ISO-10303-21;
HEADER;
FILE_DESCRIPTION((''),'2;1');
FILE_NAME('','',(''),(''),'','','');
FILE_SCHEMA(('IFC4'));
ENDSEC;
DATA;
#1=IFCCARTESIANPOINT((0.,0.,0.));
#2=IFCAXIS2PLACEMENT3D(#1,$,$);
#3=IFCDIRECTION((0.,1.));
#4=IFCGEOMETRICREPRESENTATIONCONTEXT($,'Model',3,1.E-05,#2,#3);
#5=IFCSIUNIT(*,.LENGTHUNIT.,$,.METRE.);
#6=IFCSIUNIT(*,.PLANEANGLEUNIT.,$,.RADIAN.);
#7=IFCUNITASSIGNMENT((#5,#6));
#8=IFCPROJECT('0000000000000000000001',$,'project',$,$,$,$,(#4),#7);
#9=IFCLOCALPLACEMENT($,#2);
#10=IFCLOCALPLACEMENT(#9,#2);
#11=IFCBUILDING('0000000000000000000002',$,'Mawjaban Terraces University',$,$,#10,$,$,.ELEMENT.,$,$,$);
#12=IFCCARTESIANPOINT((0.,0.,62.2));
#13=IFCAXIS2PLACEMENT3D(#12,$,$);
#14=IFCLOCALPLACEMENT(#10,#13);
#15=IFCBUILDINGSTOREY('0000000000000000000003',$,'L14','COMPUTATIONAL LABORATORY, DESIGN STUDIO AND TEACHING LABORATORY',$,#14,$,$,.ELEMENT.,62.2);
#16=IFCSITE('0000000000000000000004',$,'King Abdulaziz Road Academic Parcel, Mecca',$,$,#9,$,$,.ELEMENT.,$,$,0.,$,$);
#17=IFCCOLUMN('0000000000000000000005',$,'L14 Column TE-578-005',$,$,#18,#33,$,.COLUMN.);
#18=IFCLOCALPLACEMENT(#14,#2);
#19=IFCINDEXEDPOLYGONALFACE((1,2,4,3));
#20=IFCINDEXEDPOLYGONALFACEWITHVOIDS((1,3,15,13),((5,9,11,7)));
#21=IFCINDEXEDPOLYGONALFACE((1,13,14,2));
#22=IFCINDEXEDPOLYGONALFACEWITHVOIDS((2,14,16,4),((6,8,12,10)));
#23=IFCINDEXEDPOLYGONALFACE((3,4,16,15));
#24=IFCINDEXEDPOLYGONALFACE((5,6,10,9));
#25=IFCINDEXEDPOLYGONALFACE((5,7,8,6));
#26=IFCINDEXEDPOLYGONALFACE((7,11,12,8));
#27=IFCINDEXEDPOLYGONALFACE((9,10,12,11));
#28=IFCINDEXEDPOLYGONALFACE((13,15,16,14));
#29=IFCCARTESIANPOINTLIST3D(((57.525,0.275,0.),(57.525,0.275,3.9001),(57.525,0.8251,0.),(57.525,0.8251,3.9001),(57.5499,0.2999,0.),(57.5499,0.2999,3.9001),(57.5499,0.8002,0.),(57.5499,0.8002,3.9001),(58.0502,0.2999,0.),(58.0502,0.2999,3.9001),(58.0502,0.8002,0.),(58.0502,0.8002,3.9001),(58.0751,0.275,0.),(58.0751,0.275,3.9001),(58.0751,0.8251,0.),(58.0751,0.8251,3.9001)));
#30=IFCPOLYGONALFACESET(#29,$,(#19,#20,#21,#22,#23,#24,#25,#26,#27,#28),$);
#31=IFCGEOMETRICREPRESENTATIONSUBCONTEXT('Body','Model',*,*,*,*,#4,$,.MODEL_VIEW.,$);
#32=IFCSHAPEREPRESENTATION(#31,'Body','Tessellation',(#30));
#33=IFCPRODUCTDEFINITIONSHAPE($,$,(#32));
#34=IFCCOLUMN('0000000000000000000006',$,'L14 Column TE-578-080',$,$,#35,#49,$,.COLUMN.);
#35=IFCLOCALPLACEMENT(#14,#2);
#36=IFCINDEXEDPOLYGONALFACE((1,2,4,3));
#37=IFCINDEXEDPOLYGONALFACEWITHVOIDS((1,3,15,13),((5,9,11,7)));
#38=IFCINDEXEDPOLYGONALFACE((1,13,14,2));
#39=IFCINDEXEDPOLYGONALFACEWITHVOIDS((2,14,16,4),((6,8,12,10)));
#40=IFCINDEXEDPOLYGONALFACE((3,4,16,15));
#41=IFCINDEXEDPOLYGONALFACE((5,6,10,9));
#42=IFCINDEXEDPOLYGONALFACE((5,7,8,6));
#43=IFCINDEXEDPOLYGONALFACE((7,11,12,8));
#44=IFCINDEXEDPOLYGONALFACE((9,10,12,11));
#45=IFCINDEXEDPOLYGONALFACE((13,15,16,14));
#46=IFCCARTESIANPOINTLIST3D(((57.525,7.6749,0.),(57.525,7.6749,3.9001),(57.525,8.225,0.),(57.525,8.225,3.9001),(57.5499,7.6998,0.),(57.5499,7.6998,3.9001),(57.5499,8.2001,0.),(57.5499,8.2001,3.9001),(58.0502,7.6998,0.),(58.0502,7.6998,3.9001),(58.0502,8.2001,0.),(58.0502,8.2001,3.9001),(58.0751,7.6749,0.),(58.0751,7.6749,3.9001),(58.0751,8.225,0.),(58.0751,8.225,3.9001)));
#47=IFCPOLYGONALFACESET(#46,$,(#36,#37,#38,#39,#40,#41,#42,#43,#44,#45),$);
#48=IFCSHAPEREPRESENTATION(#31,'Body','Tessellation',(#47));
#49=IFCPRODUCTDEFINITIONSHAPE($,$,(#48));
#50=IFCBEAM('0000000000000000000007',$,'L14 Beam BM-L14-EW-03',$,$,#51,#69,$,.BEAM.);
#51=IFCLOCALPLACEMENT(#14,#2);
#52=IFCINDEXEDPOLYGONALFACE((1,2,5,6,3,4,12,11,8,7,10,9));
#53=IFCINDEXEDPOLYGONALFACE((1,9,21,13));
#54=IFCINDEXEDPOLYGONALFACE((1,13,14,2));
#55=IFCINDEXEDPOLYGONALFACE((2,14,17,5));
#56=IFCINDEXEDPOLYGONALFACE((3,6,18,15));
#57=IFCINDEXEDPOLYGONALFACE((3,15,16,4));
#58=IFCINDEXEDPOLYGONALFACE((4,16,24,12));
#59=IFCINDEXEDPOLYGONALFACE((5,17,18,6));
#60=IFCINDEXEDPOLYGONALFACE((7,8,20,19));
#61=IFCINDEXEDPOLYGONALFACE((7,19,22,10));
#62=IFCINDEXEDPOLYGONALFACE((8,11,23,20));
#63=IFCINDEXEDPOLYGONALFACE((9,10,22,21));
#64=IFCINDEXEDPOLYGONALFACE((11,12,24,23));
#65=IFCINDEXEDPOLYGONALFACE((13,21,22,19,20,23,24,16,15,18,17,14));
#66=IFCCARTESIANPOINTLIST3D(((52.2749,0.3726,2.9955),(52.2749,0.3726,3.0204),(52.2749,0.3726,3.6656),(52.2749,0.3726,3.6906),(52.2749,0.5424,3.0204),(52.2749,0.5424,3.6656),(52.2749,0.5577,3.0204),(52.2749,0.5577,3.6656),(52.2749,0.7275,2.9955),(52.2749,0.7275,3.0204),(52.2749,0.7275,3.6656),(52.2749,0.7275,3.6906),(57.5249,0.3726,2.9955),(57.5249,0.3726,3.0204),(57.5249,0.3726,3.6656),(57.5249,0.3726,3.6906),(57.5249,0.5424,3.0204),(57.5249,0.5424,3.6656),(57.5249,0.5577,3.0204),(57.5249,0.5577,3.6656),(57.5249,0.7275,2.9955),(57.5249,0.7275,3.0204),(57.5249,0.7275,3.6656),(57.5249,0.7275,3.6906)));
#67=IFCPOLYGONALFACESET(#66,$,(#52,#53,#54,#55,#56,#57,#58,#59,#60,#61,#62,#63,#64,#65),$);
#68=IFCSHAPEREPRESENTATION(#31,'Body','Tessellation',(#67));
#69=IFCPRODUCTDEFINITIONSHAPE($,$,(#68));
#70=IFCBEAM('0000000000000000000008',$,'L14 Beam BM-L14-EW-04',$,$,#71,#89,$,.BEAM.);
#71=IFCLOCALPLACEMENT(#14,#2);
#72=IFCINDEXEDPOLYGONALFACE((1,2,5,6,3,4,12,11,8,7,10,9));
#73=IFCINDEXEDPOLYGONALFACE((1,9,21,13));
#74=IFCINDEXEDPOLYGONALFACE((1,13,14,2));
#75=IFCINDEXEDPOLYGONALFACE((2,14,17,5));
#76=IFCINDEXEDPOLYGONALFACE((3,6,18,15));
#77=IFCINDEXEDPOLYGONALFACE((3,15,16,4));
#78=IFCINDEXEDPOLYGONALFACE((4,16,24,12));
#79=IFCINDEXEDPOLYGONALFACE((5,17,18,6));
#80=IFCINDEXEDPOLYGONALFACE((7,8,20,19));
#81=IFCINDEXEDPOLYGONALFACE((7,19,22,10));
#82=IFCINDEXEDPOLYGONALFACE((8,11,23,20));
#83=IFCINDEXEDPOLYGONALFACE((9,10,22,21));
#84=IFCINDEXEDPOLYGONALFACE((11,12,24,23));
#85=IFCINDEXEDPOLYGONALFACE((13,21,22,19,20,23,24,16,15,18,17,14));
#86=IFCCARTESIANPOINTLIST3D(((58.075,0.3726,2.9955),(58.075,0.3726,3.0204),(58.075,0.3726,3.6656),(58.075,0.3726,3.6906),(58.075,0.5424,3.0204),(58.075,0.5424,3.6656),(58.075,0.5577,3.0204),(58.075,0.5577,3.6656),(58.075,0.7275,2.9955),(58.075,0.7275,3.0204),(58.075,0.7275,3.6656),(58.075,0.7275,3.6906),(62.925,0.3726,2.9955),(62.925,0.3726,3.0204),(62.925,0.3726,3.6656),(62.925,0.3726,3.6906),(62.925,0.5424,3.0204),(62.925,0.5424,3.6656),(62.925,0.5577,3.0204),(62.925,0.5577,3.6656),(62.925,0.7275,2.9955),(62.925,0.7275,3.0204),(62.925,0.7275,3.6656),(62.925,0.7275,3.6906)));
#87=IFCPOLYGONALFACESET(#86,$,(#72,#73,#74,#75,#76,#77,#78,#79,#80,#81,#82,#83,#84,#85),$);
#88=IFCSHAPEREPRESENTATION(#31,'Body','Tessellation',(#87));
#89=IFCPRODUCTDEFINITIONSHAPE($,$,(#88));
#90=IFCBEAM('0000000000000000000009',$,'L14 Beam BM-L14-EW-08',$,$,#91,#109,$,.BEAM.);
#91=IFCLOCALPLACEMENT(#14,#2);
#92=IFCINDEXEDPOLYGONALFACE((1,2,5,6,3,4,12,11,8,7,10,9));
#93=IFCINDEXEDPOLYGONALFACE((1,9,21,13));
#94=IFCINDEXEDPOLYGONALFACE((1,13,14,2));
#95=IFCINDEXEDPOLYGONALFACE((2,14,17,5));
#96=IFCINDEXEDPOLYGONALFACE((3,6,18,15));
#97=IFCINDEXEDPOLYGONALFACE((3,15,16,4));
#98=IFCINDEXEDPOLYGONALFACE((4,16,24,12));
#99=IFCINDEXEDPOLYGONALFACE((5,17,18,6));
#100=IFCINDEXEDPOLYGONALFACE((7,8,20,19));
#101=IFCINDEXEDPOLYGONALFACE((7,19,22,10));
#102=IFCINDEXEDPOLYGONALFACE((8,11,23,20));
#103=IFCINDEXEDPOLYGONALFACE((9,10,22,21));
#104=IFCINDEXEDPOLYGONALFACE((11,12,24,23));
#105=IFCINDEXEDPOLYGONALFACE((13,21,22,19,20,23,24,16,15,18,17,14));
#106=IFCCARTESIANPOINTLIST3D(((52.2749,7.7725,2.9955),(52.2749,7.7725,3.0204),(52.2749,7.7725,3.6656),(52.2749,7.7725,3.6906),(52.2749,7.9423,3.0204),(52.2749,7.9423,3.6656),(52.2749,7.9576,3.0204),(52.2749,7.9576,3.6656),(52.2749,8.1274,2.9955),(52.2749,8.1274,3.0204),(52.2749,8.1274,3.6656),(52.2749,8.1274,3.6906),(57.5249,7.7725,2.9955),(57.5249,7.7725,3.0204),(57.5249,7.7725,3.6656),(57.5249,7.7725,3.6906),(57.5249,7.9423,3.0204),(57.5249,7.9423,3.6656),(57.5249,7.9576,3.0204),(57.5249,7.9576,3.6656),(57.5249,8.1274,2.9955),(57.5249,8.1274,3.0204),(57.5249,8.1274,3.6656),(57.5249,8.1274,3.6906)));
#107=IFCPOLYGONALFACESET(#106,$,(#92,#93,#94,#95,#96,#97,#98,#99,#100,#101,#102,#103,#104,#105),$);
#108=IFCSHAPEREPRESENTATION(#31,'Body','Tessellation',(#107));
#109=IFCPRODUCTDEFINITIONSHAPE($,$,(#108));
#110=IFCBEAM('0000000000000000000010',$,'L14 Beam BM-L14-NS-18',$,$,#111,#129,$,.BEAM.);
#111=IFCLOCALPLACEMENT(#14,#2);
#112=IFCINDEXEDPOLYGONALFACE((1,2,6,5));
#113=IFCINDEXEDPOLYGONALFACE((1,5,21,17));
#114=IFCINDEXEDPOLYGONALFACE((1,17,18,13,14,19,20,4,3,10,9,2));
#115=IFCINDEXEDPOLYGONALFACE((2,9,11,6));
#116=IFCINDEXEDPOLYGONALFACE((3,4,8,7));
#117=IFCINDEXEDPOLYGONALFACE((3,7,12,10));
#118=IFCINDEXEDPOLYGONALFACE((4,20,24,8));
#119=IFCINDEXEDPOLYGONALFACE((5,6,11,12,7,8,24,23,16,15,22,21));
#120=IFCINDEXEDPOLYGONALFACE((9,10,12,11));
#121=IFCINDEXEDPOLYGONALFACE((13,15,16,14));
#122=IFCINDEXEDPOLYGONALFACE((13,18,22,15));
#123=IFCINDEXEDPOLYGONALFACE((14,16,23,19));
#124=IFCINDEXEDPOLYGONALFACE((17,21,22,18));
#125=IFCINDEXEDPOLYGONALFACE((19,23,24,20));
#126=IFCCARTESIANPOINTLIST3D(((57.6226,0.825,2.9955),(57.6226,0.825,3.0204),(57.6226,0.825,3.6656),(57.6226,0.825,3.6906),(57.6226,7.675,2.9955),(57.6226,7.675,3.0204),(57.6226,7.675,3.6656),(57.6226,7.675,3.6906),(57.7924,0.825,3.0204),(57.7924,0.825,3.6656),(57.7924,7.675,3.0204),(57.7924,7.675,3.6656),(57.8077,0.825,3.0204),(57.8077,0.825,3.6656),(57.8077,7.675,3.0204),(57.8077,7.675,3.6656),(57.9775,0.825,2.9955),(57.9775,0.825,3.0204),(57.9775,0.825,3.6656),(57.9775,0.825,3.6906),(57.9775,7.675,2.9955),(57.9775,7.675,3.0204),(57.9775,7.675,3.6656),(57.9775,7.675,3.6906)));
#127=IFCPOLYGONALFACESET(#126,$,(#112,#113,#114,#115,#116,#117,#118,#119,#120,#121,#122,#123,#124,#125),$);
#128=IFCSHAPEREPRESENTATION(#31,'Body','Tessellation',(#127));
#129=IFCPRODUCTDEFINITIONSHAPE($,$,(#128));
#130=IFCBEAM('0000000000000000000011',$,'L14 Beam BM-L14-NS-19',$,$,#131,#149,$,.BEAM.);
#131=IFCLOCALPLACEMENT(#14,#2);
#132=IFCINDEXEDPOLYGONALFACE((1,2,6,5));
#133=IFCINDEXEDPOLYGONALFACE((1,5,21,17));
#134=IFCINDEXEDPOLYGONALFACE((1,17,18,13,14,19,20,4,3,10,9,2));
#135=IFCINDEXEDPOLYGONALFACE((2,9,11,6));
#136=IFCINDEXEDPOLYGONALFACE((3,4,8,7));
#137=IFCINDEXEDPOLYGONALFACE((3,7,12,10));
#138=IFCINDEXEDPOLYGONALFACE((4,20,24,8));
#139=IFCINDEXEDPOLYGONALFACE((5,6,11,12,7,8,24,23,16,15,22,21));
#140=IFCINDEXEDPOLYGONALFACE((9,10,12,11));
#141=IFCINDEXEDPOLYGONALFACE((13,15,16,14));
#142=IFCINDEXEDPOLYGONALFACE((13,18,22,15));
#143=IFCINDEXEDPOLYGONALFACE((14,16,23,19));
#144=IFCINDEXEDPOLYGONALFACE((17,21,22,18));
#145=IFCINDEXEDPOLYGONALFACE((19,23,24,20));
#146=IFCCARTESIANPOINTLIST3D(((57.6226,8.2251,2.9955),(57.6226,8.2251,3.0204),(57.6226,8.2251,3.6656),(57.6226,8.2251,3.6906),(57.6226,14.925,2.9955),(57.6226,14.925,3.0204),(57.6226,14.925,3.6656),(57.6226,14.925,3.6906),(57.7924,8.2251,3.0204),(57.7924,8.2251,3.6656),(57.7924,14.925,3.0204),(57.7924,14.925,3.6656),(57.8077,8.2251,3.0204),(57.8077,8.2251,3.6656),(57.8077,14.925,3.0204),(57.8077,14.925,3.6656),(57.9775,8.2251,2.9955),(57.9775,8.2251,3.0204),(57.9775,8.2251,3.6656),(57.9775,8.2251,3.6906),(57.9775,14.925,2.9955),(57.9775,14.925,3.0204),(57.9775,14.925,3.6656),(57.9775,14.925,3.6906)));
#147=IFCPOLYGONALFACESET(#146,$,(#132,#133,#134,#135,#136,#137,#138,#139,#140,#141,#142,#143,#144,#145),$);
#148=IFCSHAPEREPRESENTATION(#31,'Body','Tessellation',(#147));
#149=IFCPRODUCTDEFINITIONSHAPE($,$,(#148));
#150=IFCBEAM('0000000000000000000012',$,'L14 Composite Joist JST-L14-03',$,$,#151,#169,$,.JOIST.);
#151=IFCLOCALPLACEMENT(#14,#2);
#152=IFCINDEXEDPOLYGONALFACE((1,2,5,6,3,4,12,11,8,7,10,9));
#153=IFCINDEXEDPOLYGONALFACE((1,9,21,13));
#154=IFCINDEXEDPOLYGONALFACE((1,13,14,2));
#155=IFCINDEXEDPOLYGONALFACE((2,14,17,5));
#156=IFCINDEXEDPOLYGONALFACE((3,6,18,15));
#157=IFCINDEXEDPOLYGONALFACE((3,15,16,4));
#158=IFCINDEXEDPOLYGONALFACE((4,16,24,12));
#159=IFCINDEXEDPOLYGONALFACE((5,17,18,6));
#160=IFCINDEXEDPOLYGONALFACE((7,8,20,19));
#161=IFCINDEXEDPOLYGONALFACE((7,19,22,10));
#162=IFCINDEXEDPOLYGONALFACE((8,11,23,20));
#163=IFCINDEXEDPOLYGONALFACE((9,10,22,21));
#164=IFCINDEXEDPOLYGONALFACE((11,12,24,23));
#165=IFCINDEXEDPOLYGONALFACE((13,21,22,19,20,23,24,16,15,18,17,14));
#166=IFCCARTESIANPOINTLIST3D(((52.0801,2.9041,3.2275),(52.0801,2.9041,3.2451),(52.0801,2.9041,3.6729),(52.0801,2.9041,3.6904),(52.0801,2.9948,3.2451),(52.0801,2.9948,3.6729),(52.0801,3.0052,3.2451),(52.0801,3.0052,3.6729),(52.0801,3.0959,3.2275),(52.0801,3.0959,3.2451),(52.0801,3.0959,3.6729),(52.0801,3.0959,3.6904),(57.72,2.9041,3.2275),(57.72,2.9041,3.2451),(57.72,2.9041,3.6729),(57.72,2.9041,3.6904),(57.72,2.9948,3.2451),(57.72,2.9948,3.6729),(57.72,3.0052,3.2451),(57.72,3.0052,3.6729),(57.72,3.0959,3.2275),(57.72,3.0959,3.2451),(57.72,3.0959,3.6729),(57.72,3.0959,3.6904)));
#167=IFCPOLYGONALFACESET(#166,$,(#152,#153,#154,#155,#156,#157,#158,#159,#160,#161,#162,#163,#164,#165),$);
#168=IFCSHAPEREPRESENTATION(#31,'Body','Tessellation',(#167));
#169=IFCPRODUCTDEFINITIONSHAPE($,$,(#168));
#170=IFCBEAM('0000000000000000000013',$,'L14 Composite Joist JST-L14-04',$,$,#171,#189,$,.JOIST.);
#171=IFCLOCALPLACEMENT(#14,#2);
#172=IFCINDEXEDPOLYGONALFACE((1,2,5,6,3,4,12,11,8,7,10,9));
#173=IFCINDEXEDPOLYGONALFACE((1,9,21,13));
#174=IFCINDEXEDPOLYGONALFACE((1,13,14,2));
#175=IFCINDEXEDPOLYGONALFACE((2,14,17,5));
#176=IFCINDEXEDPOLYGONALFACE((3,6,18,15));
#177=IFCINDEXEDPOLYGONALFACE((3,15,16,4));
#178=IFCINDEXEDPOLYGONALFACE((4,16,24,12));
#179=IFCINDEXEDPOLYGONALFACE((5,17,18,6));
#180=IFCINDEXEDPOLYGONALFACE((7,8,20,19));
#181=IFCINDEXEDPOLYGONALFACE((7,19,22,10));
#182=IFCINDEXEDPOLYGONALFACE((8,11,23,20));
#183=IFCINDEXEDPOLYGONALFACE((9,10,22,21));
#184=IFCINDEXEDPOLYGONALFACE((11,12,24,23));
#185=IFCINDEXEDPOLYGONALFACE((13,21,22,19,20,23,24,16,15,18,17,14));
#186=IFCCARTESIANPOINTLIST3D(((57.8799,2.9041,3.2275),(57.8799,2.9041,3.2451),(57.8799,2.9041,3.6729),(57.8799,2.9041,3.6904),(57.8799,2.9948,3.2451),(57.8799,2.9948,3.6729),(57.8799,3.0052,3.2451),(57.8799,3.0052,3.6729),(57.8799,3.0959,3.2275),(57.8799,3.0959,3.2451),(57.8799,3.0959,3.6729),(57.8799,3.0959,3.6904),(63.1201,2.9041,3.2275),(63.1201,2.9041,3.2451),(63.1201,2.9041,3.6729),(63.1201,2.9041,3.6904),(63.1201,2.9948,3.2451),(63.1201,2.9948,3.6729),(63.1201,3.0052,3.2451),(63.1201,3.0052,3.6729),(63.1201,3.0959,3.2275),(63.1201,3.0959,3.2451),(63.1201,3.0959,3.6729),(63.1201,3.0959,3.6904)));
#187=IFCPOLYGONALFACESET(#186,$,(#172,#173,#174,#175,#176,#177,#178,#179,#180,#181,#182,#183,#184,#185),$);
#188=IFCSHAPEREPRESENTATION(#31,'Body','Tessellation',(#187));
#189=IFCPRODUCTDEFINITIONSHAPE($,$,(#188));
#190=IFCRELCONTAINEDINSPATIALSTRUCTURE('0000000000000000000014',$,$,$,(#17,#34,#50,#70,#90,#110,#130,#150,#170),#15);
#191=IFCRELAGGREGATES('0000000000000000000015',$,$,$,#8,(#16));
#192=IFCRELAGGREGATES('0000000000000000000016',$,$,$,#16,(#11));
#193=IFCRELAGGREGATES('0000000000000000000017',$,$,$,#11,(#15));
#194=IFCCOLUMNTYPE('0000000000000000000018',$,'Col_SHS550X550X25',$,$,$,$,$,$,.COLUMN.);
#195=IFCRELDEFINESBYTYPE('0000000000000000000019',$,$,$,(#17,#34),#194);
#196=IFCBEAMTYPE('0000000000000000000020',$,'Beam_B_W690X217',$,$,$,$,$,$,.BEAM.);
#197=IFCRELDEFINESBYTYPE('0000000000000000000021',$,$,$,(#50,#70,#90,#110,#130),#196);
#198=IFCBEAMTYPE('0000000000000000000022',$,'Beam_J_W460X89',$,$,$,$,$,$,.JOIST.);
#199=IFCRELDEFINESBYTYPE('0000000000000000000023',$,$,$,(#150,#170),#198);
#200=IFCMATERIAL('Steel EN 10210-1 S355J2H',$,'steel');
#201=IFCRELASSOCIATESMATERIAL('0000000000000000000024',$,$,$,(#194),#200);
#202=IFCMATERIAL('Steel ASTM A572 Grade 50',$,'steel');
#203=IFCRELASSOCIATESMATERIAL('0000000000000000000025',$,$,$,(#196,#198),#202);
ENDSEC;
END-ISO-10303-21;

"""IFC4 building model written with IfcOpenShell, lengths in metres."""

from ifc_helpers import new_model, si_unit, direction, frame, origin, origin_2d, place, context, subcontext, project, spatial, hollow_rectangle, i_section, extrude, material, material_profile, profile_set, type_object, element, save


model = new_model("IFC4")

# Units and contexts
model_context = context("Model", 3, precision=1e-05, world=origin(), true_north=direction((0.0, 1.0)))
body_context = subcontext(model_context, "Body", "Model", "MODEL_VIEW")
ifc_project = project(units=[si_unit("LENGTHUNIT", "METRE"), si_unit("PLANEANGLEUNIT", "RADIAN")], contexts=[model_context])

# Site, building, storey
site_placement = place(None, origin())
site = spatial("IfcSite", under=ifc_project, at=site_placement, Name="King Abdulaziz Road Academic Parcel, Mecca", CompositionType="ELEMENT", RefElevation=0.0)
building_placement = place(site_placement, origin())
building = spatial("IfcBuilding", under=site, at=building_placement, Name="Mawjaban Terraces University", CompositionType="ELEMENT")
storey_placement = place(building_placement, frame((0.0, 0.0, 62.2)))
storey = spatial("IfcBuildingStorey", under=building, at=storey_placement, Name="L14", Description="COMPUTATIONAL LABORATORY, DESIGN STUDIO AND TEACHING LABORATORY", CompositionType="ELEMENT", Elevation=62.2)

# Columns
ifc_material_1 = material(Name="Steel EN 10210-1 S355J2H", Category="steel")
ifc_material_profile_1 = material_profile(ifc_material_1, hollow_rectangle(XDim=0.55, YDim=0.55, WallThickness=0.0249, at=origin_2d()), Name="SHS550X550X25")
ifc_profile_set_1 = profile_set([ifc_material_profile_1], Name="Steel EN 10210-1 S355J2H")
column_type = type_object("IfcColumnType", Name="Col_SHS550X550X25", PredefinedType="COLUMN", material=ifc_profile_set_1)
for number, where, z_axis, x_axis, name in (
    (1, (57.8, 0.55, 0.0), (0.0, 0.0, 1.0), (1.0, 0.0, 0.0), "L14 Column TE-578-005"),
    (2, (57.8, 7.95, 0.0), (0.0, 0.0, 1.0), (1.0, 0.0, 0.0), "L14 Column TE-578-080"),
):
    element("IfcColumn", number, at=place(storey_placement, frame(where, z_axis=z_axis, x_axis=x_axis)), inside=storey, type_object=column_type, Name=name, PredefinedType="COLUMN", context=body_context, shape_type="SweptSolid", body=[
        extrude(hollow_rectangle(XDim=0.55, YDim=0.55, WallThickness=0.0249, at=origin_2d()), origin(), (0.0, 0.0, 1.0), 3.9001),
    ])

# Beams
ifc_material_2 = material(Name="Steel ASTM A572 Grade 50", Category="steel")
ifc_material_profile_2 = material_profile(ifc_material_2, i_section(OverallWidth=0.355, OverallDepth=0.6951, WebThickness=0.0154, FlangeThickness=0.0249, at=origin_2d()), Name="W690X217")
ifc_profile_set_2 = profile_set([ifc_material_profile_2], Name="Steel ASTM A572 Grade 50")
beam_type_1 = type_object("IfcBeamType", Name="Beam_B_W690X217", PredefinedType="BEAM", material=ifc_profile_set_2)
beam_1_placement = place(storey_placement, frame((52.2749, 0.55, 3.343), z_axis=(1.0, 0.0, 0.0), x_axis=(0.0, 1.0, 0.0)))
element("IfcBeam", 3, at=beam_1_placement, inside=storey, type_object=beam_type_1, Name="L14 Beam BM-L14-EW-03", PredefinedType="BEAM", context=body_context, shape_type="SweptSolid", body=[
    extrude(i_section(OverallWidth=0.355, OverallDepth=0.6951, WebThickness=0.0154, FlangeThickness=0.0249, at=origin_2d()), origin(), (0.0, 0.0, 1.0), 5.25),
])
beam_2_placement = place(storey_placement, frame((58.075, 0.55, 3.343), z_axis=(1.0, 0.0, 0.0), x_axis=(0.0, 1.0, 0.0)))
element("IfcBeam", 4, at=beam_2_placement, inside=storey, type_object=beam_type_1, Name="L14 Beam BM-L14-EW-04", PredefinedType="BEAM", context=body_context, shape_type="SweptSolid", body=[
    extrude(i_section(OverallWidth=0.355, OverallDepth=0.6951, WebThickness=0.0154, FlangeThickness=0.0249, at=origin_2d()), origin(), (0.0, 0.0, 1.0), 4.8501),
])
beam_3_placement = place(storey_placement, frame((52.2749, 7.95, 3.343), z_axis=(1.0, 0.0, 0.0), x_axis=(0.0, 1.0, 0.0)))
element("IfcBeam", 5, at=beam_3_placement, inside=storey, type_object=beam_type_1, Name="L14 Beam BM-L14-EW-08", PredefinedType="BEAM", context=body_context, shape_type="SweptSolid", body=[
    extrude(i_section(OverallWidth=0.355, OverallDepth=0.6951, WebThickness=0.0154, FlangeThickness=0.0249, at=origin_2d()), origin(), (0.0, 0.0, 1.0), 5.25),
])
beam_4_placement = place(storey_placement, frame((57.8, 0.825, 3.343), z_axis=(0.0, 1.0, 0.0), x_axis=(-1.0, 0.0, 0.0)))
element("IfcBeam", 6, at=beam_4_placement, inside=storey, type_object=beam_type_1, Name="L14 Beam BM-L14-NS-18", PredefinedType="BEAM", context=body_context, shape_type="SweptSolid", body=[
    extrude(i_section(OverallWidth=0.355, OverallDepth=0.6951, WebThickness=0.0154, FlangeThickness=0.0249, at=origin_2d()), origin(), (0.0, 0.0, 1.0), 6.8501),
])
beam_5_placement = place(storey_placement, frame((57.8, 8.2251, 3.343), z_axis=(0.0, 1.0, 0.0), x_axis=(-1.0, 0.0, 0.0)))
element("IfcBeam", 7, at=beam_5_placement, inside=storey, type_object=beam_type_1, Name="L14 Beam BM-L14-NS-19", PredefinedType="BEAM", context=body_context, shape_type="SweptSolid", body=[
    extrude(i_section(OverallWidth=0.355, OverallDepth=0.6951, WebThickness=0.0154, FlangeThickness=0.0249, at=origin_2d()), origin(), (0.0, 0.0, 1.0), 6.7),
])
ifc_material_profile_3 = material_profile(ifc_material_2, i_section(OverallWidth=0.1919, OverallDepth=0.4629, WebThickness=0.0105, FlangeThickness=0.0176, at=origin_2d()), Name="W460X89")
ifc_profile_set_3 = profile_set([ifc_material_profile_3], Name="Steel ASTM A572 Grade 50")
beam_type_2 = type_object("IfcBeamType", Name="Beam_J_W460X89", PredefinedType="JOIST", material=ifc_profile_set_3)
beam_6_placement = place(storey_placement, frame((52.0801, 3.0, 3.459), z_axis=(1.0, 0.0, 0.0), x_axis=(0.0, 1.0, 0.0)))
element("IfcBeam", 8, at=beam_6_placement, inside=storey, type_object=beam_type_2, Name="L14 Composite Joist JST-L14-03", PredefinedType="JOIST", context=body_context, shape_type="SweptSolid", body=[
    extrude(i_section(OverallWidth=0.1919, OverallDepth=0.4629, WebThickness=0.0105, FlangeThickness=0.0176, at=origin_2d()), origin(), (0.0, 0.0, 1.0), 5.6399),
])
beam_7_placement = place(storey_placement, frame((57.8799, 3.0, 3.459), z_axis=(1.0, 0.0, 0.0), x_axis=(0.0, 1.0, 0.0)))
element("IfcBeam", 9, at=beam_7_placement, inside=storey, type_object=beam_type_2, Name="L14 Composite Joist JST-L14-04", PredefinedType="JOIST", context=body_context, shape_type="SweptSolid", body=[
    extrude(i_section(OverallWidth=0.1919, OverallDepth=0.4629, WebThickness=0.0105, FlangeThickness=0.0176, at=origin_2d()), origin(), (0.0, 0.0, 1.0), 5.2402),
])

save(model, "model.ifc")
